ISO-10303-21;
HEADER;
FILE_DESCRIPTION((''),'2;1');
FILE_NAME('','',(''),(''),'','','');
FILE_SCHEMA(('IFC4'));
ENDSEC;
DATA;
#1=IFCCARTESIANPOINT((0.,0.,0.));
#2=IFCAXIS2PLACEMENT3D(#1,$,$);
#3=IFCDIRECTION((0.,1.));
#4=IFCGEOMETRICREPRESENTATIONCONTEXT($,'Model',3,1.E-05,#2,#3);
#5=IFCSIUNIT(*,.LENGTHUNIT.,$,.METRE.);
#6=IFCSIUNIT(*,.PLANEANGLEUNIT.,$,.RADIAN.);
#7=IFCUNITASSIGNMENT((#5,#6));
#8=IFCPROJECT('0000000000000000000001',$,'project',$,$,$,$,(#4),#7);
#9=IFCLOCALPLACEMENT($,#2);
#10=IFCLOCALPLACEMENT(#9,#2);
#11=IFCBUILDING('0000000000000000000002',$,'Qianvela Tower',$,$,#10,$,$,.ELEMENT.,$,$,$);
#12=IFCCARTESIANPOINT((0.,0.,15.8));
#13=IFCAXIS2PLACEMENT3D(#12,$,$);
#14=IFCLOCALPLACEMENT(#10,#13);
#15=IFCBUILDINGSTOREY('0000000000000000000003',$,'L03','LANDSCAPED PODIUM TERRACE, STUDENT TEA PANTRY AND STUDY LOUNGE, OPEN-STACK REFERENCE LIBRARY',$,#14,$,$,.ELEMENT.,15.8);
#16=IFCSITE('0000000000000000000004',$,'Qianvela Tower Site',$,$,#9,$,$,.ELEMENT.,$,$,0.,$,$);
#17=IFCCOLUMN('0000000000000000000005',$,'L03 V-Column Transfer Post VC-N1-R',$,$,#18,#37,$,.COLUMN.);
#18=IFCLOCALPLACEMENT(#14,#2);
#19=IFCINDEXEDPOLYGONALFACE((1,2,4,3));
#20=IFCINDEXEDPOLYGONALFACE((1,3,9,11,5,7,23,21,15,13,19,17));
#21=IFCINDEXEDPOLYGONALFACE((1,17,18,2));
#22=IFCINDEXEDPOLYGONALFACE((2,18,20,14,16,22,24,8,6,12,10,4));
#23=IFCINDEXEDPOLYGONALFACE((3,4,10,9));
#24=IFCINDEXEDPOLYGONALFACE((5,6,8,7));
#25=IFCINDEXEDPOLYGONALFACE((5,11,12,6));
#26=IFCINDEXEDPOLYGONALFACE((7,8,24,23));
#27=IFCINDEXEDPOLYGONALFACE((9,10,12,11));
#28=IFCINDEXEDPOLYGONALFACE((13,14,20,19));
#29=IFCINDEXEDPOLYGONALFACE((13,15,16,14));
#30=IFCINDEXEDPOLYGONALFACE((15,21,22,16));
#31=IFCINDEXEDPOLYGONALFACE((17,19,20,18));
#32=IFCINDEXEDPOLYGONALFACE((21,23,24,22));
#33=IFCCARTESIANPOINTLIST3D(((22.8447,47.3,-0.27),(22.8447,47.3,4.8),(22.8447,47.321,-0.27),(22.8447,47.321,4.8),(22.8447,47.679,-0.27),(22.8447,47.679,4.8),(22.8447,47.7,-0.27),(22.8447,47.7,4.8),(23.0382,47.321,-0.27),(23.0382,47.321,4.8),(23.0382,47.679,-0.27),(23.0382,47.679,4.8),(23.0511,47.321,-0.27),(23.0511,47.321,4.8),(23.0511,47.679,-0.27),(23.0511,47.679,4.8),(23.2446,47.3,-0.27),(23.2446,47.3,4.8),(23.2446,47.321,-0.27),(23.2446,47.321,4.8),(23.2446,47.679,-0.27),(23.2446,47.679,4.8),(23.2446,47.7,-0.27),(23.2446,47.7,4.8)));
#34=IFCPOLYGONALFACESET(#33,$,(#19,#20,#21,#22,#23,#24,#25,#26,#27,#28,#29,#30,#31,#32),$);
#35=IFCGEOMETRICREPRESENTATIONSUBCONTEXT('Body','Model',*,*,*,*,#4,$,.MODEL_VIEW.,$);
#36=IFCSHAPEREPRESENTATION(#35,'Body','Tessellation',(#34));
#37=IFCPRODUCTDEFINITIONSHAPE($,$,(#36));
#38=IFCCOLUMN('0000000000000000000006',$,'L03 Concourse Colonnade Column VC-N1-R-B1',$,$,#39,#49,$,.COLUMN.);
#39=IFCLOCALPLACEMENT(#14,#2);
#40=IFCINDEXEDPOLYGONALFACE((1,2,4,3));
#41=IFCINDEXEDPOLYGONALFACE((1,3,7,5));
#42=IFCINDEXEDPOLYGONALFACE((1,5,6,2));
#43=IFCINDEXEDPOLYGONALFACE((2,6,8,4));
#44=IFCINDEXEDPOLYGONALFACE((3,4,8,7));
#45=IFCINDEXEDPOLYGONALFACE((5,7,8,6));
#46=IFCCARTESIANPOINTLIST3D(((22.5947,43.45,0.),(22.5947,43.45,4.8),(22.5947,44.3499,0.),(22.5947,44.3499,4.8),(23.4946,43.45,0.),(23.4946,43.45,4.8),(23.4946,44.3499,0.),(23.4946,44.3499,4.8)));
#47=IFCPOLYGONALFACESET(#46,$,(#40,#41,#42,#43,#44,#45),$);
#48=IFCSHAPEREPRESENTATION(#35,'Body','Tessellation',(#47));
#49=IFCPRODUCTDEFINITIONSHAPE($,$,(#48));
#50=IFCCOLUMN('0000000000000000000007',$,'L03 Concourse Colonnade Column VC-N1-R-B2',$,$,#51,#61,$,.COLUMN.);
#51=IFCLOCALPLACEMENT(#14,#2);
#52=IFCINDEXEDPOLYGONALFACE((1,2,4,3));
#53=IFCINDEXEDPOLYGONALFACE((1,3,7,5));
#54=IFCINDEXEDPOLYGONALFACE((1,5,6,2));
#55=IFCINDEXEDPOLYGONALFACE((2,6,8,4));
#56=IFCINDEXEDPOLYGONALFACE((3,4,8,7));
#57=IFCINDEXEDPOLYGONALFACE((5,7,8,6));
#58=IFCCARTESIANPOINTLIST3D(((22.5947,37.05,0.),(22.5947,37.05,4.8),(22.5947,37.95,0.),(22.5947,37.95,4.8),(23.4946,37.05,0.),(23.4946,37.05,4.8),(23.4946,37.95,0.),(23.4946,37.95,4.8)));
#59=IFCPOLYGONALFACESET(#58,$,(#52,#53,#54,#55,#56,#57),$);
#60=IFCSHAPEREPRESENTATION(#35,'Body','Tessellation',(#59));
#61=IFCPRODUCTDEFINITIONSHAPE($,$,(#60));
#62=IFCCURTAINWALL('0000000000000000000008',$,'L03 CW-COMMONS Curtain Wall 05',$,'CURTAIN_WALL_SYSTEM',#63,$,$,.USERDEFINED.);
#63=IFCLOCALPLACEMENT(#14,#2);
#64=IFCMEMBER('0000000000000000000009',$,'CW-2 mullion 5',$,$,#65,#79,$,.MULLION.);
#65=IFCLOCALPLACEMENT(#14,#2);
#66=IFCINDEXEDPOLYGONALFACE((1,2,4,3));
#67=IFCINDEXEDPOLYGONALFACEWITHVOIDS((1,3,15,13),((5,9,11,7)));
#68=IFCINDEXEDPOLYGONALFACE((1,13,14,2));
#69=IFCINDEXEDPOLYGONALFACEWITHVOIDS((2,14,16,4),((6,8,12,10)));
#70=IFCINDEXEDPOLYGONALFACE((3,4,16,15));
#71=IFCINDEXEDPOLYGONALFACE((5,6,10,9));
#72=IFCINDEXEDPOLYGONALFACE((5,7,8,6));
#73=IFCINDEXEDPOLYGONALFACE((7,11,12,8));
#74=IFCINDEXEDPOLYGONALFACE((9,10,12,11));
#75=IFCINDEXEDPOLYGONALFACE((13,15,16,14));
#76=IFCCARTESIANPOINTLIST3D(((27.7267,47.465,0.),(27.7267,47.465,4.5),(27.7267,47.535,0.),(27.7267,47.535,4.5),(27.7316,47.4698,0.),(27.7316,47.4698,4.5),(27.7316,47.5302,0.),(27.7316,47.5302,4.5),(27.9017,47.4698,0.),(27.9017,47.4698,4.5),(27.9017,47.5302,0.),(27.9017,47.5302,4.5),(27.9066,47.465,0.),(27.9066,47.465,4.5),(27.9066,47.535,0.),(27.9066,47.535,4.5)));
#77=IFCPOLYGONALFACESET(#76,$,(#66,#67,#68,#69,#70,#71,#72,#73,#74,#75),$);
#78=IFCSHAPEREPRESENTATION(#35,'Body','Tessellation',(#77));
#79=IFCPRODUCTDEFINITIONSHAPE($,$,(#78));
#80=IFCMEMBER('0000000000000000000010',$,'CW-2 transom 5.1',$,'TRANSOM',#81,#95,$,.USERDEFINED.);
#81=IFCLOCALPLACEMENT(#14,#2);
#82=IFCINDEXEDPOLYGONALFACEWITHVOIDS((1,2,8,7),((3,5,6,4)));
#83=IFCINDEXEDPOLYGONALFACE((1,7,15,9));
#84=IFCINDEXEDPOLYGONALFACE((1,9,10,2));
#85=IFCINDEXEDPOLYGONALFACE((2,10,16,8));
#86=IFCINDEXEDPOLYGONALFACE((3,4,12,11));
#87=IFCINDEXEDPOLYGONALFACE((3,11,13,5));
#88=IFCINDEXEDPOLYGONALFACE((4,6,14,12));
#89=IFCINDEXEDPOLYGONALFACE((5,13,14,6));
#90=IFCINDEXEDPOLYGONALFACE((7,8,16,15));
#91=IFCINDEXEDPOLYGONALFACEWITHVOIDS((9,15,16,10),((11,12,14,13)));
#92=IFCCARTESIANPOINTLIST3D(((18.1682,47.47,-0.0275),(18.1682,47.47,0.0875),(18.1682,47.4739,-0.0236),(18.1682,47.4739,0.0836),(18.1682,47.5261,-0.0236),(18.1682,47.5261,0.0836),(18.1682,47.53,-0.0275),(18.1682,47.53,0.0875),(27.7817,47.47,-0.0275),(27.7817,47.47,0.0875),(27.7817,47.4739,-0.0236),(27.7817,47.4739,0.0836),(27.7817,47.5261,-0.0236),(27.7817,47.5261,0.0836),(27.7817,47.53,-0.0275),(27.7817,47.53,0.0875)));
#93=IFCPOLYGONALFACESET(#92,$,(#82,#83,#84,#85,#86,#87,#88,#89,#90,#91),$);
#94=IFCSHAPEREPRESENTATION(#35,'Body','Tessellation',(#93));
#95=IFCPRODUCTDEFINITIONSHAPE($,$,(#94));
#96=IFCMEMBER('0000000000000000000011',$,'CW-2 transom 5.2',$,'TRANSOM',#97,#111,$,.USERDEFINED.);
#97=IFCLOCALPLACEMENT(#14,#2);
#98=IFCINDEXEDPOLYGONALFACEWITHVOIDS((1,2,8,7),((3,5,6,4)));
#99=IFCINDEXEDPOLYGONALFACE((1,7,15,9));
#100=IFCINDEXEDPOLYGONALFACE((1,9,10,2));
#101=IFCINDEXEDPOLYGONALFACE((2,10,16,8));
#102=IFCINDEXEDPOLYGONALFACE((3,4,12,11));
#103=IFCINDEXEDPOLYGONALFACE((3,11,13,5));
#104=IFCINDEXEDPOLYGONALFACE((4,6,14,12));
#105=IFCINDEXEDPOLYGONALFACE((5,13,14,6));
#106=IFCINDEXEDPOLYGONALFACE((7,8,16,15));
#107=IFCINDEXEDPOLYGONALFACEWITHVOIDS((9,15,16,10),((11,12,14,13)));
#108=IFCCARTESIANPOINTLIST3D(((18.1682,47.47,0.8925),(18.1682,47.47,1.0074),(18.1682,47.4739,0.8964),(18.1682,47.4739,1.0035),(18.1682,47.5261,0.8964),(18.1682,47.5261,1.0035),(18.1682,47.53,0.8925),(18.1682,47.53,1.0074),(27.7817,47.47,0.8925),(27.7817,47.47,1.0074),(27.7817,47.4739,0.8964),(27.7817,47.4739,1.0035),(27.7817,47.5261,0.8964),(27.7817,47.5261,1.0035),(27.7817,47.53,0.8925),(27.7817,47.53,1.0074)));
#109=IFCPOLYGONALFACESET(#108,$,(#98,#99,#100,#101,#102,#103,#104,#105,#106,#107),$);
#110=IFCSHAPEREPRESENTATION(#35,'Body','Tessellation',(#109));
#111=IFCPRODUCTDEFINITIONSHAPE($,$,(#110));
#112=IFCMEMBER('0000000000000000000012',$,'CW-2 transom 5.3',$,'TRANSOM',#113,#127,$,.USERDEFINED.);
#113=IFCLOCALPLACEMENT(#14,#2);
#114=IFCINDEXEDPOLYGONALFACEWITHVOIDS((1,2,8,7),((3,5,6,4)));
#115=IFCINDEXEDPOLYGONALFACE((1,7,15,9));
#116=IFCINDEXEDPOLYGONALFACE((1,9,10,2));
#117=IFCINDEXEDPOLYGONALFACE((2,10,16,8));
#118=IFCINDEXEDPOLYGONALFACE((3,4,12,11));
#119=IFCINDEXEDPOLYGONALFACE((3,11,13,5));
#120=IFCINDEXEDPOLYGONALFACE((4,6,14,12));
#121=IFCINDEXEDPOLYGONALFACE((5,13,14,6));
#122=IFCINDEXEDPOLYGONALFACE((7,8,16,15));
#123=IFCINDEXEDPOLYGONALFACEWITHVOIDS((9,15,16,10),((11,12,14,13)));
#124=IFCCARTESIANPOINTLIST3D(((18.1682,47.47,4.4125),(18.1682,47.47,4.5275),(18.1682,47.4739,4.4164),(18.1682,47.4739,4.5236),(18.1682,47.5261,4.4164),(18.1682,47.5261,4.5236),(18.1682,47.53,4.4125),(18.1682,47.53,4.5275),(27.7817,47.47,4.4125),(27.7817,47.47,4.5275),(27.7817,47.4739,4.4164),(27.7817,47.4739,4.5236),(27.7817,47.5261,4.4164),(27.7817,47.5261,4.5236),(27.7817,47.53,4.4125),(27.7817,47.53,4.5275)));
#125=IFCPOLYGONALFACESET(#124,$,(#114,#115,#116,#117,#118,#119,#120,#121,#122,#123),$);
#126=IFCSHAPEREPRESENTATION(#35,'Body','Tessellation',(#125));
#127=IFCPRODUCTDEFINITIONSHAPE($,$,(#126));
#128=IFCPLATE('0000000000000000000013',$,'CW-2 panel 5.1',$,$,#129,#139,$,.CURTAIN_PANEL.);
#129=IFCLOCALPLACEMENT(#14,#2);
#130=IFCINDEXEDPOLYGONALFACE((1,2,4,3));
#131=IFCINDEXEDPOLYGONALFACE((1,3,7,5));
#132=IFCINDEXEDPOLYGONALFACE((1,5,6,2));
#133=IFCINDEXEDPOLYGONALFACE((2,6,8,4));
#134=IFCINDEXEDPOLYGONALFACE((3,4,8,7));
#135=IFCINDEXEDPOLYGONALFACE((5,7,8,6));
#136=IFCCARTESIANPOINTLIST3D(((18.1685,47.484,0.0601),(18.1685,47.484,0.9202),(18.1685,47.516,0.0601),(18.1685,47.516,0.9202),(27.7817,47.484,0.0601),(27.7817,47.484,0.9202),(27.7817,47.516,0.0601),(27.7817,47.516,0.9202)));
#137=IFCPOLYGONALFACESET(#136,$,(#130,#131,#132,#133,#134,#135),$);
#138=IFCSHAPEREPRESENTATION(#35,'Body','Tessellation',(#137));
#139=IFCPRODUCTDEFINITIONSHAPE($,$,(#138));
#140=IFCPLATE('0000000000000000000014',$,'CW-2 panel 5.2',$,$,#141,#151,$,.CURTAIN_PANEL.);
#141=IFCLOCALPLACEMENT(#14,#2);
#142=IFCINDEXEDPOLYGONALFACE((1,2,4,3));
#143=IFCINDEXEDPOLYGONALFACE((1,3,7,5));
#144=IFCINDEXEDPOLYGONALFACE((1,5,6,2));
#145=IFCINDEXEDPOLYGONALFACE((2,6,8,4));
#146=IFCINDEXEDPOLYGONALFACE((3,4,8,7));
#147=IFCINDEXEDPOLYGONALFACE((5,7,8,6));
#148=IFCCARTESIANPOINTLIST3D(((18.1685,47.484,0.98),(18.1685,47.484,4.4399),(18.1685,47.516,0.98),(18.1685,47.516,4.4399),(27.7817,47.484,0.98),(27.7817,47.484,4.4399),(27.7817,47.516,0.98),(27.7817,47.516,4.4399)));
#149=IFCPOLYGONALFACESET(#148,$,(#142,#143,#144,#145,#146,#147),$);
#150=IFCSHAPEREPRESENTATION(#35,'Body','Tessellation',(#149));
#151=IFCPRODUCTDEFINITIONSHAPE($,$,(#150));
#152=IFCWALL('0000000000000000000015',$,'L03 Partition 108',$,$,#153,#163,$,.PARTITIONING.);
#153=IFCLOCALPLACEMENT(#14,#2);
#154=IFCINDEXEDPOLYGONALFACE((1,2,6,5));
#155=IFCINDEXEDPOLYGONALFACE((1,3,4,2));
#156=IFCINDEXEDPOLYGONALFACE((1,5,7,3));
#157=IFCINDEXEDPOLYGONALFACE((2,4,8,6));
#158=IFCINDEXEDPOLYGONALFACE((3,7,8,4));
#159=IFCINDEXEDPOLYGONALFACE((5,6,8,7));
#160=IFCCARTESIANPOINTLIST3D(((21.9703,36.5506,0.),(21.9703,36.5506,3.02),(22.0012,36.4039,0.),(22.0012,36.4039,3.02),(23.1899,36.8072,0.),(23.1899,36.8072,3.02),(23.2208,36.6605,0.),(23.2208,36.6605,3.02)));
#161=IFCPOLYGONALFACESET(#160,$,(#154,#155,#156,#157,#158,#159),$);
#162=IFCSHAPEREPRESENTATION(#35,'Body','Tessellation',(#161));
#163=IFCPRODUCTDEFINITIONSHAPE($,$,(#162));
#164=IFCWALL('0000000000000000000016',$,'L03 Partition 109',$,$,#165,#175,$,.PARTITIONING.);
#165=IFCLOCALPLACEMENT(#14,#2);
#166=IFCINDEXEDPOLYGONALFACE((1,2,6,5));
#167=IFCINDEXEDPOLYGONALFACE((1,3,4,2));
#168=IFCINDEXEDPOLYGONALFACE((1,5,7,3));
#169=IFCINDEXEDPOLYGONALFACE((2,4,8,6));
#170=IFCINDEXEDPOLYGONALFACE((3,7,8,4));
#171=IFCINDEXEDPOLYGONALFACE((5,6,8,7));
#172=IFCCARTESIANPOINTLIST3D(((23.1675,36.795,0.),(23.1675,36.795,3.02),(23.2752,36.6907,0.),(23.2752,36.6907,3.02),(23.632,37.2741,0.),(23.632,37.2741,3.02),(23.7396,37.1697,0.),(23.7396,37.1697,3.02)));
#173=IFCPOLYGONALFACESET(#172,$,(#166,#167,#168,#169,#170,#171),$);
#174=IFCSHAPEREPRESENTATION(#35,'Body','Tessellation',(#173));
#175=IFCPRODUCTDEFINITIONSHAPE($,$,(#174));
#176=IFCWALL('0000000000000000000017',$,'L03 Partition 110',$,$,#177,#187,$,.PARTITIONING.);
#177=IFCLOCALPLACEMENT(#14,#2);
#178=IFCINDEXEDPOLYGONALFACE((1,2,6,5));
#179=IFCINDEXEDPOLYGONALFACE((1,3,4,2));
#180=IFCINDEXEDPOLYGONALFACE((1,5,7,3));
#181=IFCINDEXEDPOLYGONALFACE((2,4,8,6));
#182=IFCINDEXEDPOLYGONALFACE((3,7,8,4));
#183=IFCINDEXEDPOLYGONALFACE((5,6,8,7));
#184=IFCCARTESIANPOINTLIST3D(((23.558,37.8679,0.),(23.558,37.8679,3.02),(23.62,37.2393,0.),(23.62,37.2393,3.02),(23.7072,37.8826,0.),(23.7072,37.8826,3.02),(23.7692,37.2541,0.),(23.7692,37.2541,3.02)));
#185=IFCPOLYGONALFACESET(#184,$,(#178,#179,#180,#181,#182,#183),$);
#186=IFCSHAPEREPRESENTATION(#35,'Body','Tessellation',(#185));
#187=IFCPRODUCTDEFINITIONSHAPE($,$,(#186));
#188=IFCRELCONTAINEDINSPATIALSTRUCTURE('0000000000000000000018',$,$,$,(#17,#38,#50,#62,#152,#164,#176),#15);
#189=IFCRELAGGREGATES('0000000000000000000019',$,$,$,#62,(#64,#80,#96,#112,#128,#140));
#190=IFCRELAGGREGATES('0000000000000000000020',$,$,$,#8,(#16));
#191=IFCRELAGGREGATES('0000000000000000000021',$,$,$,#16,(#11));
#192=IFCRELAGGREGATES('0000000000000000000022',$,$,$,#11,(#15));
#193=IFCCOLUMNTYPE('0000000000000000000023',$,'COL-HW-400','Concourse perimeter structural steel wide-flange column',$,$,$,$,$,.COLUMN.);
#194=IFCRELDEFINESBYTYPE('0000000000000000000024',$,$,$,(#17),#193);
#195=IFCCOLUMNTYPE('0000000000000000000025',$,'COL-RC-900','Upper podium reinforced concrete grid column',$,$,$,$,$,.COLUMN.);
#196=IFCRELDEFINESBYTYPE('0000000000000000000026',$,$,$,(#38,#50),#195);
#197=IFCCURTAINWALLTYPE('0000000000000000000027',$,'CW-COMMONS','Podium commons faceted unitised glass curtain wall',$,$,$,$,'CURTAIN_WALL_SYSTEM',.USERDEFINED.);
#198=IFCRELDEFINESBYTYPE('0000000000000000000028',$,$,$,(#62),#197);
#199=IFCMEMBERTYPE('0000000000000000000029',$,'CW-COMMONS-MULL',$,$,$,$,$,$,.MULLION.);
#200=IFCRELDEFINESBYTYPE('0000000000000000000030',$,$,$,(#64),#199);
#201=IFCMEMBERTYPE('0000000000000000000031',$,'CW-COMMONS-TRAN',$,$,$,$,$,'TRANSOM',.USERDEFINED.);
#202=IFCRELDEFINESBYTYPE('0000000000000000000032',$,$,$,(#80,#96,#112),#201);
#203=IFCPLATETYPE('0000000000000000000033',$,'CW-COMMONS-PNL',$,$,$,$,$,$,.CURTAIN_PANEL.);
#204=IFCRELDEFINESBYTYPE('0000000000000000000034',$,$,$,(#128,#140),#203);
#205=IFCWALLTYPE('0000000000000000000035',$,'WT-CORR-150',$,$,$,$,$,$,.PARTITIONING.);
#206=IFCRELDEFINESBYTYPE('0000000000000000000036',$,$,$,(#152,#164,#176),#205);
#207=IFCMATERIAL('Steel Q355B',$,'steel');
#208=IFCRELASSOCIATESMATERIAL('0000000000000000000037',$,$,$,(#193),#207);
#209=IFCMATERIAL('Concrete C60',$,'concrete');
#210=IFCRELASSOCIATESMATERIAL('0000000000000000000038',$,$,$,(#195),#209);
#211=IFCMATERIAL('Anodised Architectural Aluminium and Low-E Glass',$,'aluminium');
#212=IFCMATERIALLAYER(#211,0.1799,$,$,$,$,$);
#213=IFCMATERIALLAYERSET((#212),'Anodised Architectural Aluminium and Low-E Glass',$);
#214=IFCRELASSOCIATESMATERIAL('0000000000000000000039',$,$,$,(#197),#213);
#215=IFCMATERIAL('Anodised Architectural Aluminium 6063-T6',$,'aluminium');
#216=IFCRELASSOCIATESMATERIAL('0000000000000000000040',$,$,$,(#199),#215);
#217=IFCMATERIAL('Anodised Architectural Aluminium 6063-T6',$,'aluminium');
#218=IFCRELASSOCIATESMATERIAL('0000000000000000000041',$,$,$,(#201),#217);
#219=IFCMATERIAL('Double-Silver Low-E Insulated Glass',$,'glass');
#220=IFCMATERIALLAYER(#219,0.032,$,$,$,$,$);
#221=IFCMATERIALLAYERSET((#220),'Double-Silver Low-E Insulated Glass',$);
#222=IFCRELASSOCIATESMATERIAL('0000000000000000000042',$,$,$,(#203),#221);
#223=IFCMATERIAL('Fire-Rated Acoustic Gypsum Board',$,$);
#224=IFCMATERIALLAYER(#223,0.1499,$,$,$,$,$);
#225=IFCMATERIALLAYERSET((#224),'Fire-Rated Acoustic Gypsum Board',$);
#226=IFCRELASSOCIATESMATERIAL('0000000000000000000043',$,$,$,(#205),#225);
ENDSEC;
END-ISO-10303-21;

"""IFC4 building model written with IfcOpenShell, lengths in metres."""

from ifc_helpers import new_model, si_unit, direction, frame, frame_2d, origin, origin_2d, place, context, subcontext, project, spatial, rectangle, hollow_rectangle, i_section, extrude, material, layer, layer_set, material_profile, profile_set, type_object, element, aggregate, save


model = new_model("IFC4")

# Units and contexts
model_context = context("Model", 3, precision=1e-05, world=origin(), true_north=direction((0.0, 1.0)))
body_context = subcontext(model_context, "Body", "Model", "MODEL_VIEW")
ifc_project = project(units=[si_unit("LENGTHUNIT", "METRE"), si_unit("PLANEANGLEUNIT", "RADIAN")], contexts=[model_context])

# Site, building, storey
site_placement = place(None, origin())
site = spatial("IfcSite", under=ifc_project, at=site_placement, Name="Qianvela Tower Site", CompositionType="ELEMENT", RefElevation=0.0)
building_placement = place(site_placement, origin())
building = spatial("IfcBuilding", under=site, at=building_placement, Name="Qianvela Tower", CompositionType="ELEMENT")
storey_placement = place(building_placement, frame((0.0, 0.0, 15.8)))
storey = spatial("IfcBuildingStorey", under=building, at=storey_placement, Name="L03", Description="LANDSCAPED PODIUM TERRACE, STUDENT TEA PANTRY AND STUDY LOUNGE, OPEN-STACK REFERENCE LIBRARY", CompositionType="ELEMENT", Elevation=15.8)

# Columns
ifc_material_1 = material(Name="Steel Q355B", Category="steel")
ifc_material_profile_1 = material_profile(ifc_material_1, i_section(OverallWidth=0.3999, OverallDepth=0.3999, WebThickness=0.0129, FlangeThickness=0.021, at=origin_2d()), Name="HW400x400x13x21")
ifc_profile_set_1 = profile_set([ifc_material_profile_1], Name="Steel Q355B")
column_type_1 = type_object("IfcColumnType", Name="COL-HW-400", Description="Concourse perimeter structural steel wide-flange column", PredefinedType="COLUMN", material=ifc_profile_set_1)
column_placement = place(storey_placement, frame((23.0447, 47.5, -0.27), z_axis=(0.0, 0.0, 1.0), x_axis=(1.0, 0.0, 0.0)))
element("IfcColumn", 1, at=column_placement, inside=storey, type_object=column_type_1, Name="L03 V-Column Transfer Post VC-N1-R", PredefinedType="COLUMN", context=body_context, shape_type="SweptSolid", body=[
    extrude(i_section(OverallWidth=0.3999, OverallDepth=0.3999, WebThickness=0.0129, FlangeThickness=0.021, at=origin_2d()), origin(), (0.0, 0.0, 1.0), 5.0701),
])
ifc_material_2 = material(Name="Concrete C60", Category="concrete")
ifc_material_profile_2 = material_profile(ifc_material_2, rectangle(XDim=0.8999, YDim=0.8999, at=origin_2d()), Name="RC-COL-900x900")
ifc_profile_set_2 = profile_set([ifc_material_profile_2], Name="Concrete C60")
column_type_2 = type_object("IfcColumnType", Name="COL-RC-900", Description="Upper podium reinforced concrete grid column", PredefinedType="COLUMN", material=ifc_profile_set_2)
for number, where, z_axis, x_axis, name in (
    (2, (23.0447, 43.8999, 0.0), (0.0, 0.0, 1.0), (1.0, 0.0, 0.0), "L03 Concourse Colonnade Column VC-N1-R-B1"),
    (3, (23.0447, 37.5, 0.0), (0.0, 0.0, 1.0), (1.0, 0.0, 0.0), "L03 Concourse Colonnade Column VC-N1-R-B2"),
):
    element("IfcColumn", number, at=place(storey_placement, frame(where, z_axis=z_axis, x_axis=x_axis)), inside=storey, type_object=column_type_2, Name=name, PredefinedType="COLUMN", context=body_context, shape_type="SweptSolid", body=[
        extrude(rectangle(XDim=0.8999, YDim=0.8999, at=origin_2d()), origin(), (0.0, 0.0, 1.0), 4.8),
    ])

# Curtain wall, members, plates
ifc_material_3 = material(Name="Anodised Architectural Aluminium and Low-E Glass", Category="aluminium")
ifc_layer_1 = layer(ifc_material_3, 0.1799)
ifc_layer_set_1 = layer_set([ifc_layer_1], Name="Anodised Architectural Aluminium and Low-E Glass")
curtain_wall_type = type_object("IfcCurtainWallType", Name="CW-COMMONS", Description="Podium commons faceted unitised glass curtain wall", ElementType="CURTAIN_WALL_SYSTEM", PredefinedType="USERDEFINED", material=ifc_layer_set_1)
curtain_wall_placement = place(storey_placement, origin())
curtain_wall = element("IfcCurtainWall", 4, at=curtain_wall_placement, inside=storey, type_object=curtain_wall_type, Name="L03 CW-COMMONS Curtain Wall 05", ObjectType="CURTAIN_WALL_SYSTEM", PredefinedType="USERDEFINED")
ifc_material_4 = material(Name="Anodised Architectural Aluminium 6063-T6", Category="aluminium")
ifc_material_profile_3 = material_profile(ifc_material_4, hollow_rectangle(XDim=0.0701, YDim=0.1799, WallThickness=0.0049, at=origin_2d()), Name="ALU-MULL-70x180")
ifc_profile_set_3 = profile_set([ifc_material_profile_3], Name="Anodised Architectural Aluminium 6063-T6")
member_type_1 = type_object("IfcMemberType", Name="CW-COMMONS-MULL", PredefinedType="MULLION", material=ifc_profile_set_3)
member_1_placement = place(storey_placement, frame((27.8167, 47.5, 0.0), z_axis=(0.0, 0.0, 1.0), x_axis=(0.0, -1.0, 0.0)))
member_1 = element("IfcMember", 5, at=member_1_placement, type_object=member_type_1, Name="CW-2 mullion 5", PredefinedType="MULLION", context=body_context, shape_type="SweptSolid", body=[
    extrude(hollow_rectangle(XDim=0.0701, YDim=0.1799, WallThickness=0.0049, at=origin_2d()), origin(), (0.0, 0.0, 1.0), 4.5),
])
ifc_material_5 = material(Name="Anodised Architectural Aluminium 6063-T6", Category="aluminium")
ifc_material_profile_4 = material_profile(ifc_material_5, hollow_rectangle(XDim=0.0601, YDim=0.115, WallThickness=0.0039, at=origin_2d()), Name="ALU-TRAN-60x115")
ifc_profile_set_4 = profile_set([ifc_material_profile_4], Name="Anodised Architectural Aluminium 6063-T6")
member_type_2 = type_object("IfcMemberType", Name="CW-COMMONS-TRAN", ElementType="TRANSOM", PredefinedType="USERDEFINED", material=ifc_profile_set_4)
member_2_placement = place(storey_placement, frame((27.7817, 47.5, 0.03), z_axis=(-1.0, 0.0, 0.0), x_axis=(0.0, -1.0, 0.0)))
member_2 = element("IfcMember", 6, at=member_2_placement, type_object=member_type_2, Name="CW-2 transom 5.1", ObjectType="TRANSOM", PredefinedType="USERDEFINED", context=body_context, shape_type="SweptSolid", body=[
    extrude(hollow_rectangle(XDim=0.0601, YDim=0.115, WallThickness=0.0039, at=origin_2d()), origin(), (0.0, 0.0, 1.0), 9.6135),
])
member_3_placement = place(storey_placement, frame((27.7817, 47.5, 0.95), z_axis=(-1.0, 0.0, 0.0), x_axis=(0.0, -1.0, 0.0)))
member_3 = element("IfcMember", 7, at=member_3_placement, type_object=member_type_2, Name="CW-2 transom 5.2", ObjectType="TRANSOM", PredefinedType="USERDEFINED", context=body_context, shape_type="SweptSolid", body=[
    extrude(hollow_rectangle(XDim=0.0601, YDim=0.115, WallThickness=0.0039, at=origin_2d()), origin(), (0.0, 0.0, 1.0), 9.6135),
])
member_4_placement = place(storey_placement, frame((27.7817, 47.5, 4.47), z_axis=(-1.0, 0.0, 0.0), x_axis=(0.0, -1.0, 0.0)))
member_4 = element("IfcMember", 8, at=member_4_placement, type_object=member_type_2, Name="CW-2 transom 5.3", ObjectType="TRANSOM", PredefinedType="USERDEFINED", context=body_context, shape_type="SweptSolid", body=[
    extrude(hollow_rectangle(XDim=0.0601, YDim=0.115, WallThickness=0.0039, at=origin_2d()), origin(), (0.0, 0.0, 1.0), 9.6135),
])
ifc_material_6 = material(Name="Double-Silver Low-E Insulated Glass", Category="glass")
ifc_layer_2 = layer(ifc_material_6, 0.032)
ifc_layer_set_2 = layer_set([ifc_layer_2], Name="Double-Silver Low-E Insulated Glass")
plate_type = type_object("IfcPlateType", Name="CW-COMMONS-PNL", PredefinedType="CURTAIN_PANEL", material=ifc_layer_set_2)
plate_1_placement = place(storey_placement, frame((22.9751, 47.5, 0.0601), z_axis=(0.0, 0.0, 1.0), x_axis=(-1.0, 0.0, 0.0)))
plate_1 = element("IfcPlate", 9, at=plate_1_placement, type_object=plate_type, Name="CW-2 panel 5.1", PredefinedType="CURTAIN_PANEL", context=body_context, shape_type="SweptSolid", body=[
    extrude(rectangle(XDim=9.6133, YDim=0.032, at=origin_2d()), origin(), (0.0, 0.0, 1.0), 0.8601),
])
plate_2_placement = place(storey_placement, frame((22.9751, 47.5, 0.98), z_axis=(0.0, 0.0, 1.0), x_axis=(-1.0, 0.0, 0.0)))
plate_2 = element("IfcPlate", 10, at=plate_2_placement, type_object=plate_type, Name="CW-2 panel 5.2", PredefinedType="CURTAIN_PANEL", context=body_context, shape_type="SweptSolid", body=[
    extrude(rectangle(XDim=9.6133, YDim=0.032, at=origin_2d()), origin(), (0.0, 0.0, 1.0), 3.46),
])
aggregate(curtain_wall, [member_1, member_2, member_3, member_4, plate_1, plate_2])

# Walls
ifc_material_7 = material(Name="Fire-Rated Acoustic Gypsum Board")
ifc_layer_3 = layer(ifc_material_7, 0.1499)
ifc_layer_set_3 = layer_set([ifc_layer_3], Name="Fire-Rated Acoustic Gypsum Board")
wall_type_1 = type_object("IfcWallType", Name="WT-CORR-150", PredefinedType="PARTITIONING", material=ifc_layer_set_3)
wall_1_placement = place(storey_placement, frame((21.9858, 36.4773, 0.0), z_axis=(0.0, 0.0, 1.0), x_axis=(0.978581, 0.205862, 0.0)))
element("IfcWall", 11, at=wall_1_placement, inside=storey, type_object=wall_type_1, Name="L03 Partition 108", PredefinedType="PARTITIONING", context=body_context, shape_type="SweptSolid", body=[
    extrude(rectangle(XDim=1.2463, YDim=0.1499, at=frame_2d((0.623, 0.0))), origin(), (0.0, 0.0, 1.0), 3.02),
])
wall_2_placement = place(storey_placement, frame((23.2214, 36.7429, 0.0), z_axis=(0.0, 0.0, 1.0), x_axis=(0.696043, 0.718, 0.0)))
element("IfcWall", 12, at=wall_2_placement, inside=storey, type_object=wall_type_1, Name="L03 Partition 109", PredefinedType="PARTITIONING", context=body_context, shape_type="SweptSolid", body=[
    extrude(rectangle(XDim=0.6672, YDim=0.1499, at=frame_2d((0.3335, 0.0))), origin(), (0.0, 0.0, 1.0), 3.02),
])
for number, where, z_axis, x_axis, name in (
    (13, (23.6946, 37.2466, 0.0), (0.0, 0.0, 1.0), (-0.098164, 0.99517, 0.0), "L03 Partition 110"),
):
    element("IfcWall", number, at=place(storey_placement, frame(where, z_axis=z_axis, x_axis=x_axis)), inside=storey, type_object=wall_type_1, Name=name, PredefinedType="PARTITIONING", context=body_context, shape_type="SweptSolid", body=[
        extrude(rectangle(XDim=0.6316, YDim=0.1499, at=frame_2d((0.3159, 0.0))), origin(), (0.0, 0.0, 1.0), 3.02),
    ])

save(model, "model.ifc")
